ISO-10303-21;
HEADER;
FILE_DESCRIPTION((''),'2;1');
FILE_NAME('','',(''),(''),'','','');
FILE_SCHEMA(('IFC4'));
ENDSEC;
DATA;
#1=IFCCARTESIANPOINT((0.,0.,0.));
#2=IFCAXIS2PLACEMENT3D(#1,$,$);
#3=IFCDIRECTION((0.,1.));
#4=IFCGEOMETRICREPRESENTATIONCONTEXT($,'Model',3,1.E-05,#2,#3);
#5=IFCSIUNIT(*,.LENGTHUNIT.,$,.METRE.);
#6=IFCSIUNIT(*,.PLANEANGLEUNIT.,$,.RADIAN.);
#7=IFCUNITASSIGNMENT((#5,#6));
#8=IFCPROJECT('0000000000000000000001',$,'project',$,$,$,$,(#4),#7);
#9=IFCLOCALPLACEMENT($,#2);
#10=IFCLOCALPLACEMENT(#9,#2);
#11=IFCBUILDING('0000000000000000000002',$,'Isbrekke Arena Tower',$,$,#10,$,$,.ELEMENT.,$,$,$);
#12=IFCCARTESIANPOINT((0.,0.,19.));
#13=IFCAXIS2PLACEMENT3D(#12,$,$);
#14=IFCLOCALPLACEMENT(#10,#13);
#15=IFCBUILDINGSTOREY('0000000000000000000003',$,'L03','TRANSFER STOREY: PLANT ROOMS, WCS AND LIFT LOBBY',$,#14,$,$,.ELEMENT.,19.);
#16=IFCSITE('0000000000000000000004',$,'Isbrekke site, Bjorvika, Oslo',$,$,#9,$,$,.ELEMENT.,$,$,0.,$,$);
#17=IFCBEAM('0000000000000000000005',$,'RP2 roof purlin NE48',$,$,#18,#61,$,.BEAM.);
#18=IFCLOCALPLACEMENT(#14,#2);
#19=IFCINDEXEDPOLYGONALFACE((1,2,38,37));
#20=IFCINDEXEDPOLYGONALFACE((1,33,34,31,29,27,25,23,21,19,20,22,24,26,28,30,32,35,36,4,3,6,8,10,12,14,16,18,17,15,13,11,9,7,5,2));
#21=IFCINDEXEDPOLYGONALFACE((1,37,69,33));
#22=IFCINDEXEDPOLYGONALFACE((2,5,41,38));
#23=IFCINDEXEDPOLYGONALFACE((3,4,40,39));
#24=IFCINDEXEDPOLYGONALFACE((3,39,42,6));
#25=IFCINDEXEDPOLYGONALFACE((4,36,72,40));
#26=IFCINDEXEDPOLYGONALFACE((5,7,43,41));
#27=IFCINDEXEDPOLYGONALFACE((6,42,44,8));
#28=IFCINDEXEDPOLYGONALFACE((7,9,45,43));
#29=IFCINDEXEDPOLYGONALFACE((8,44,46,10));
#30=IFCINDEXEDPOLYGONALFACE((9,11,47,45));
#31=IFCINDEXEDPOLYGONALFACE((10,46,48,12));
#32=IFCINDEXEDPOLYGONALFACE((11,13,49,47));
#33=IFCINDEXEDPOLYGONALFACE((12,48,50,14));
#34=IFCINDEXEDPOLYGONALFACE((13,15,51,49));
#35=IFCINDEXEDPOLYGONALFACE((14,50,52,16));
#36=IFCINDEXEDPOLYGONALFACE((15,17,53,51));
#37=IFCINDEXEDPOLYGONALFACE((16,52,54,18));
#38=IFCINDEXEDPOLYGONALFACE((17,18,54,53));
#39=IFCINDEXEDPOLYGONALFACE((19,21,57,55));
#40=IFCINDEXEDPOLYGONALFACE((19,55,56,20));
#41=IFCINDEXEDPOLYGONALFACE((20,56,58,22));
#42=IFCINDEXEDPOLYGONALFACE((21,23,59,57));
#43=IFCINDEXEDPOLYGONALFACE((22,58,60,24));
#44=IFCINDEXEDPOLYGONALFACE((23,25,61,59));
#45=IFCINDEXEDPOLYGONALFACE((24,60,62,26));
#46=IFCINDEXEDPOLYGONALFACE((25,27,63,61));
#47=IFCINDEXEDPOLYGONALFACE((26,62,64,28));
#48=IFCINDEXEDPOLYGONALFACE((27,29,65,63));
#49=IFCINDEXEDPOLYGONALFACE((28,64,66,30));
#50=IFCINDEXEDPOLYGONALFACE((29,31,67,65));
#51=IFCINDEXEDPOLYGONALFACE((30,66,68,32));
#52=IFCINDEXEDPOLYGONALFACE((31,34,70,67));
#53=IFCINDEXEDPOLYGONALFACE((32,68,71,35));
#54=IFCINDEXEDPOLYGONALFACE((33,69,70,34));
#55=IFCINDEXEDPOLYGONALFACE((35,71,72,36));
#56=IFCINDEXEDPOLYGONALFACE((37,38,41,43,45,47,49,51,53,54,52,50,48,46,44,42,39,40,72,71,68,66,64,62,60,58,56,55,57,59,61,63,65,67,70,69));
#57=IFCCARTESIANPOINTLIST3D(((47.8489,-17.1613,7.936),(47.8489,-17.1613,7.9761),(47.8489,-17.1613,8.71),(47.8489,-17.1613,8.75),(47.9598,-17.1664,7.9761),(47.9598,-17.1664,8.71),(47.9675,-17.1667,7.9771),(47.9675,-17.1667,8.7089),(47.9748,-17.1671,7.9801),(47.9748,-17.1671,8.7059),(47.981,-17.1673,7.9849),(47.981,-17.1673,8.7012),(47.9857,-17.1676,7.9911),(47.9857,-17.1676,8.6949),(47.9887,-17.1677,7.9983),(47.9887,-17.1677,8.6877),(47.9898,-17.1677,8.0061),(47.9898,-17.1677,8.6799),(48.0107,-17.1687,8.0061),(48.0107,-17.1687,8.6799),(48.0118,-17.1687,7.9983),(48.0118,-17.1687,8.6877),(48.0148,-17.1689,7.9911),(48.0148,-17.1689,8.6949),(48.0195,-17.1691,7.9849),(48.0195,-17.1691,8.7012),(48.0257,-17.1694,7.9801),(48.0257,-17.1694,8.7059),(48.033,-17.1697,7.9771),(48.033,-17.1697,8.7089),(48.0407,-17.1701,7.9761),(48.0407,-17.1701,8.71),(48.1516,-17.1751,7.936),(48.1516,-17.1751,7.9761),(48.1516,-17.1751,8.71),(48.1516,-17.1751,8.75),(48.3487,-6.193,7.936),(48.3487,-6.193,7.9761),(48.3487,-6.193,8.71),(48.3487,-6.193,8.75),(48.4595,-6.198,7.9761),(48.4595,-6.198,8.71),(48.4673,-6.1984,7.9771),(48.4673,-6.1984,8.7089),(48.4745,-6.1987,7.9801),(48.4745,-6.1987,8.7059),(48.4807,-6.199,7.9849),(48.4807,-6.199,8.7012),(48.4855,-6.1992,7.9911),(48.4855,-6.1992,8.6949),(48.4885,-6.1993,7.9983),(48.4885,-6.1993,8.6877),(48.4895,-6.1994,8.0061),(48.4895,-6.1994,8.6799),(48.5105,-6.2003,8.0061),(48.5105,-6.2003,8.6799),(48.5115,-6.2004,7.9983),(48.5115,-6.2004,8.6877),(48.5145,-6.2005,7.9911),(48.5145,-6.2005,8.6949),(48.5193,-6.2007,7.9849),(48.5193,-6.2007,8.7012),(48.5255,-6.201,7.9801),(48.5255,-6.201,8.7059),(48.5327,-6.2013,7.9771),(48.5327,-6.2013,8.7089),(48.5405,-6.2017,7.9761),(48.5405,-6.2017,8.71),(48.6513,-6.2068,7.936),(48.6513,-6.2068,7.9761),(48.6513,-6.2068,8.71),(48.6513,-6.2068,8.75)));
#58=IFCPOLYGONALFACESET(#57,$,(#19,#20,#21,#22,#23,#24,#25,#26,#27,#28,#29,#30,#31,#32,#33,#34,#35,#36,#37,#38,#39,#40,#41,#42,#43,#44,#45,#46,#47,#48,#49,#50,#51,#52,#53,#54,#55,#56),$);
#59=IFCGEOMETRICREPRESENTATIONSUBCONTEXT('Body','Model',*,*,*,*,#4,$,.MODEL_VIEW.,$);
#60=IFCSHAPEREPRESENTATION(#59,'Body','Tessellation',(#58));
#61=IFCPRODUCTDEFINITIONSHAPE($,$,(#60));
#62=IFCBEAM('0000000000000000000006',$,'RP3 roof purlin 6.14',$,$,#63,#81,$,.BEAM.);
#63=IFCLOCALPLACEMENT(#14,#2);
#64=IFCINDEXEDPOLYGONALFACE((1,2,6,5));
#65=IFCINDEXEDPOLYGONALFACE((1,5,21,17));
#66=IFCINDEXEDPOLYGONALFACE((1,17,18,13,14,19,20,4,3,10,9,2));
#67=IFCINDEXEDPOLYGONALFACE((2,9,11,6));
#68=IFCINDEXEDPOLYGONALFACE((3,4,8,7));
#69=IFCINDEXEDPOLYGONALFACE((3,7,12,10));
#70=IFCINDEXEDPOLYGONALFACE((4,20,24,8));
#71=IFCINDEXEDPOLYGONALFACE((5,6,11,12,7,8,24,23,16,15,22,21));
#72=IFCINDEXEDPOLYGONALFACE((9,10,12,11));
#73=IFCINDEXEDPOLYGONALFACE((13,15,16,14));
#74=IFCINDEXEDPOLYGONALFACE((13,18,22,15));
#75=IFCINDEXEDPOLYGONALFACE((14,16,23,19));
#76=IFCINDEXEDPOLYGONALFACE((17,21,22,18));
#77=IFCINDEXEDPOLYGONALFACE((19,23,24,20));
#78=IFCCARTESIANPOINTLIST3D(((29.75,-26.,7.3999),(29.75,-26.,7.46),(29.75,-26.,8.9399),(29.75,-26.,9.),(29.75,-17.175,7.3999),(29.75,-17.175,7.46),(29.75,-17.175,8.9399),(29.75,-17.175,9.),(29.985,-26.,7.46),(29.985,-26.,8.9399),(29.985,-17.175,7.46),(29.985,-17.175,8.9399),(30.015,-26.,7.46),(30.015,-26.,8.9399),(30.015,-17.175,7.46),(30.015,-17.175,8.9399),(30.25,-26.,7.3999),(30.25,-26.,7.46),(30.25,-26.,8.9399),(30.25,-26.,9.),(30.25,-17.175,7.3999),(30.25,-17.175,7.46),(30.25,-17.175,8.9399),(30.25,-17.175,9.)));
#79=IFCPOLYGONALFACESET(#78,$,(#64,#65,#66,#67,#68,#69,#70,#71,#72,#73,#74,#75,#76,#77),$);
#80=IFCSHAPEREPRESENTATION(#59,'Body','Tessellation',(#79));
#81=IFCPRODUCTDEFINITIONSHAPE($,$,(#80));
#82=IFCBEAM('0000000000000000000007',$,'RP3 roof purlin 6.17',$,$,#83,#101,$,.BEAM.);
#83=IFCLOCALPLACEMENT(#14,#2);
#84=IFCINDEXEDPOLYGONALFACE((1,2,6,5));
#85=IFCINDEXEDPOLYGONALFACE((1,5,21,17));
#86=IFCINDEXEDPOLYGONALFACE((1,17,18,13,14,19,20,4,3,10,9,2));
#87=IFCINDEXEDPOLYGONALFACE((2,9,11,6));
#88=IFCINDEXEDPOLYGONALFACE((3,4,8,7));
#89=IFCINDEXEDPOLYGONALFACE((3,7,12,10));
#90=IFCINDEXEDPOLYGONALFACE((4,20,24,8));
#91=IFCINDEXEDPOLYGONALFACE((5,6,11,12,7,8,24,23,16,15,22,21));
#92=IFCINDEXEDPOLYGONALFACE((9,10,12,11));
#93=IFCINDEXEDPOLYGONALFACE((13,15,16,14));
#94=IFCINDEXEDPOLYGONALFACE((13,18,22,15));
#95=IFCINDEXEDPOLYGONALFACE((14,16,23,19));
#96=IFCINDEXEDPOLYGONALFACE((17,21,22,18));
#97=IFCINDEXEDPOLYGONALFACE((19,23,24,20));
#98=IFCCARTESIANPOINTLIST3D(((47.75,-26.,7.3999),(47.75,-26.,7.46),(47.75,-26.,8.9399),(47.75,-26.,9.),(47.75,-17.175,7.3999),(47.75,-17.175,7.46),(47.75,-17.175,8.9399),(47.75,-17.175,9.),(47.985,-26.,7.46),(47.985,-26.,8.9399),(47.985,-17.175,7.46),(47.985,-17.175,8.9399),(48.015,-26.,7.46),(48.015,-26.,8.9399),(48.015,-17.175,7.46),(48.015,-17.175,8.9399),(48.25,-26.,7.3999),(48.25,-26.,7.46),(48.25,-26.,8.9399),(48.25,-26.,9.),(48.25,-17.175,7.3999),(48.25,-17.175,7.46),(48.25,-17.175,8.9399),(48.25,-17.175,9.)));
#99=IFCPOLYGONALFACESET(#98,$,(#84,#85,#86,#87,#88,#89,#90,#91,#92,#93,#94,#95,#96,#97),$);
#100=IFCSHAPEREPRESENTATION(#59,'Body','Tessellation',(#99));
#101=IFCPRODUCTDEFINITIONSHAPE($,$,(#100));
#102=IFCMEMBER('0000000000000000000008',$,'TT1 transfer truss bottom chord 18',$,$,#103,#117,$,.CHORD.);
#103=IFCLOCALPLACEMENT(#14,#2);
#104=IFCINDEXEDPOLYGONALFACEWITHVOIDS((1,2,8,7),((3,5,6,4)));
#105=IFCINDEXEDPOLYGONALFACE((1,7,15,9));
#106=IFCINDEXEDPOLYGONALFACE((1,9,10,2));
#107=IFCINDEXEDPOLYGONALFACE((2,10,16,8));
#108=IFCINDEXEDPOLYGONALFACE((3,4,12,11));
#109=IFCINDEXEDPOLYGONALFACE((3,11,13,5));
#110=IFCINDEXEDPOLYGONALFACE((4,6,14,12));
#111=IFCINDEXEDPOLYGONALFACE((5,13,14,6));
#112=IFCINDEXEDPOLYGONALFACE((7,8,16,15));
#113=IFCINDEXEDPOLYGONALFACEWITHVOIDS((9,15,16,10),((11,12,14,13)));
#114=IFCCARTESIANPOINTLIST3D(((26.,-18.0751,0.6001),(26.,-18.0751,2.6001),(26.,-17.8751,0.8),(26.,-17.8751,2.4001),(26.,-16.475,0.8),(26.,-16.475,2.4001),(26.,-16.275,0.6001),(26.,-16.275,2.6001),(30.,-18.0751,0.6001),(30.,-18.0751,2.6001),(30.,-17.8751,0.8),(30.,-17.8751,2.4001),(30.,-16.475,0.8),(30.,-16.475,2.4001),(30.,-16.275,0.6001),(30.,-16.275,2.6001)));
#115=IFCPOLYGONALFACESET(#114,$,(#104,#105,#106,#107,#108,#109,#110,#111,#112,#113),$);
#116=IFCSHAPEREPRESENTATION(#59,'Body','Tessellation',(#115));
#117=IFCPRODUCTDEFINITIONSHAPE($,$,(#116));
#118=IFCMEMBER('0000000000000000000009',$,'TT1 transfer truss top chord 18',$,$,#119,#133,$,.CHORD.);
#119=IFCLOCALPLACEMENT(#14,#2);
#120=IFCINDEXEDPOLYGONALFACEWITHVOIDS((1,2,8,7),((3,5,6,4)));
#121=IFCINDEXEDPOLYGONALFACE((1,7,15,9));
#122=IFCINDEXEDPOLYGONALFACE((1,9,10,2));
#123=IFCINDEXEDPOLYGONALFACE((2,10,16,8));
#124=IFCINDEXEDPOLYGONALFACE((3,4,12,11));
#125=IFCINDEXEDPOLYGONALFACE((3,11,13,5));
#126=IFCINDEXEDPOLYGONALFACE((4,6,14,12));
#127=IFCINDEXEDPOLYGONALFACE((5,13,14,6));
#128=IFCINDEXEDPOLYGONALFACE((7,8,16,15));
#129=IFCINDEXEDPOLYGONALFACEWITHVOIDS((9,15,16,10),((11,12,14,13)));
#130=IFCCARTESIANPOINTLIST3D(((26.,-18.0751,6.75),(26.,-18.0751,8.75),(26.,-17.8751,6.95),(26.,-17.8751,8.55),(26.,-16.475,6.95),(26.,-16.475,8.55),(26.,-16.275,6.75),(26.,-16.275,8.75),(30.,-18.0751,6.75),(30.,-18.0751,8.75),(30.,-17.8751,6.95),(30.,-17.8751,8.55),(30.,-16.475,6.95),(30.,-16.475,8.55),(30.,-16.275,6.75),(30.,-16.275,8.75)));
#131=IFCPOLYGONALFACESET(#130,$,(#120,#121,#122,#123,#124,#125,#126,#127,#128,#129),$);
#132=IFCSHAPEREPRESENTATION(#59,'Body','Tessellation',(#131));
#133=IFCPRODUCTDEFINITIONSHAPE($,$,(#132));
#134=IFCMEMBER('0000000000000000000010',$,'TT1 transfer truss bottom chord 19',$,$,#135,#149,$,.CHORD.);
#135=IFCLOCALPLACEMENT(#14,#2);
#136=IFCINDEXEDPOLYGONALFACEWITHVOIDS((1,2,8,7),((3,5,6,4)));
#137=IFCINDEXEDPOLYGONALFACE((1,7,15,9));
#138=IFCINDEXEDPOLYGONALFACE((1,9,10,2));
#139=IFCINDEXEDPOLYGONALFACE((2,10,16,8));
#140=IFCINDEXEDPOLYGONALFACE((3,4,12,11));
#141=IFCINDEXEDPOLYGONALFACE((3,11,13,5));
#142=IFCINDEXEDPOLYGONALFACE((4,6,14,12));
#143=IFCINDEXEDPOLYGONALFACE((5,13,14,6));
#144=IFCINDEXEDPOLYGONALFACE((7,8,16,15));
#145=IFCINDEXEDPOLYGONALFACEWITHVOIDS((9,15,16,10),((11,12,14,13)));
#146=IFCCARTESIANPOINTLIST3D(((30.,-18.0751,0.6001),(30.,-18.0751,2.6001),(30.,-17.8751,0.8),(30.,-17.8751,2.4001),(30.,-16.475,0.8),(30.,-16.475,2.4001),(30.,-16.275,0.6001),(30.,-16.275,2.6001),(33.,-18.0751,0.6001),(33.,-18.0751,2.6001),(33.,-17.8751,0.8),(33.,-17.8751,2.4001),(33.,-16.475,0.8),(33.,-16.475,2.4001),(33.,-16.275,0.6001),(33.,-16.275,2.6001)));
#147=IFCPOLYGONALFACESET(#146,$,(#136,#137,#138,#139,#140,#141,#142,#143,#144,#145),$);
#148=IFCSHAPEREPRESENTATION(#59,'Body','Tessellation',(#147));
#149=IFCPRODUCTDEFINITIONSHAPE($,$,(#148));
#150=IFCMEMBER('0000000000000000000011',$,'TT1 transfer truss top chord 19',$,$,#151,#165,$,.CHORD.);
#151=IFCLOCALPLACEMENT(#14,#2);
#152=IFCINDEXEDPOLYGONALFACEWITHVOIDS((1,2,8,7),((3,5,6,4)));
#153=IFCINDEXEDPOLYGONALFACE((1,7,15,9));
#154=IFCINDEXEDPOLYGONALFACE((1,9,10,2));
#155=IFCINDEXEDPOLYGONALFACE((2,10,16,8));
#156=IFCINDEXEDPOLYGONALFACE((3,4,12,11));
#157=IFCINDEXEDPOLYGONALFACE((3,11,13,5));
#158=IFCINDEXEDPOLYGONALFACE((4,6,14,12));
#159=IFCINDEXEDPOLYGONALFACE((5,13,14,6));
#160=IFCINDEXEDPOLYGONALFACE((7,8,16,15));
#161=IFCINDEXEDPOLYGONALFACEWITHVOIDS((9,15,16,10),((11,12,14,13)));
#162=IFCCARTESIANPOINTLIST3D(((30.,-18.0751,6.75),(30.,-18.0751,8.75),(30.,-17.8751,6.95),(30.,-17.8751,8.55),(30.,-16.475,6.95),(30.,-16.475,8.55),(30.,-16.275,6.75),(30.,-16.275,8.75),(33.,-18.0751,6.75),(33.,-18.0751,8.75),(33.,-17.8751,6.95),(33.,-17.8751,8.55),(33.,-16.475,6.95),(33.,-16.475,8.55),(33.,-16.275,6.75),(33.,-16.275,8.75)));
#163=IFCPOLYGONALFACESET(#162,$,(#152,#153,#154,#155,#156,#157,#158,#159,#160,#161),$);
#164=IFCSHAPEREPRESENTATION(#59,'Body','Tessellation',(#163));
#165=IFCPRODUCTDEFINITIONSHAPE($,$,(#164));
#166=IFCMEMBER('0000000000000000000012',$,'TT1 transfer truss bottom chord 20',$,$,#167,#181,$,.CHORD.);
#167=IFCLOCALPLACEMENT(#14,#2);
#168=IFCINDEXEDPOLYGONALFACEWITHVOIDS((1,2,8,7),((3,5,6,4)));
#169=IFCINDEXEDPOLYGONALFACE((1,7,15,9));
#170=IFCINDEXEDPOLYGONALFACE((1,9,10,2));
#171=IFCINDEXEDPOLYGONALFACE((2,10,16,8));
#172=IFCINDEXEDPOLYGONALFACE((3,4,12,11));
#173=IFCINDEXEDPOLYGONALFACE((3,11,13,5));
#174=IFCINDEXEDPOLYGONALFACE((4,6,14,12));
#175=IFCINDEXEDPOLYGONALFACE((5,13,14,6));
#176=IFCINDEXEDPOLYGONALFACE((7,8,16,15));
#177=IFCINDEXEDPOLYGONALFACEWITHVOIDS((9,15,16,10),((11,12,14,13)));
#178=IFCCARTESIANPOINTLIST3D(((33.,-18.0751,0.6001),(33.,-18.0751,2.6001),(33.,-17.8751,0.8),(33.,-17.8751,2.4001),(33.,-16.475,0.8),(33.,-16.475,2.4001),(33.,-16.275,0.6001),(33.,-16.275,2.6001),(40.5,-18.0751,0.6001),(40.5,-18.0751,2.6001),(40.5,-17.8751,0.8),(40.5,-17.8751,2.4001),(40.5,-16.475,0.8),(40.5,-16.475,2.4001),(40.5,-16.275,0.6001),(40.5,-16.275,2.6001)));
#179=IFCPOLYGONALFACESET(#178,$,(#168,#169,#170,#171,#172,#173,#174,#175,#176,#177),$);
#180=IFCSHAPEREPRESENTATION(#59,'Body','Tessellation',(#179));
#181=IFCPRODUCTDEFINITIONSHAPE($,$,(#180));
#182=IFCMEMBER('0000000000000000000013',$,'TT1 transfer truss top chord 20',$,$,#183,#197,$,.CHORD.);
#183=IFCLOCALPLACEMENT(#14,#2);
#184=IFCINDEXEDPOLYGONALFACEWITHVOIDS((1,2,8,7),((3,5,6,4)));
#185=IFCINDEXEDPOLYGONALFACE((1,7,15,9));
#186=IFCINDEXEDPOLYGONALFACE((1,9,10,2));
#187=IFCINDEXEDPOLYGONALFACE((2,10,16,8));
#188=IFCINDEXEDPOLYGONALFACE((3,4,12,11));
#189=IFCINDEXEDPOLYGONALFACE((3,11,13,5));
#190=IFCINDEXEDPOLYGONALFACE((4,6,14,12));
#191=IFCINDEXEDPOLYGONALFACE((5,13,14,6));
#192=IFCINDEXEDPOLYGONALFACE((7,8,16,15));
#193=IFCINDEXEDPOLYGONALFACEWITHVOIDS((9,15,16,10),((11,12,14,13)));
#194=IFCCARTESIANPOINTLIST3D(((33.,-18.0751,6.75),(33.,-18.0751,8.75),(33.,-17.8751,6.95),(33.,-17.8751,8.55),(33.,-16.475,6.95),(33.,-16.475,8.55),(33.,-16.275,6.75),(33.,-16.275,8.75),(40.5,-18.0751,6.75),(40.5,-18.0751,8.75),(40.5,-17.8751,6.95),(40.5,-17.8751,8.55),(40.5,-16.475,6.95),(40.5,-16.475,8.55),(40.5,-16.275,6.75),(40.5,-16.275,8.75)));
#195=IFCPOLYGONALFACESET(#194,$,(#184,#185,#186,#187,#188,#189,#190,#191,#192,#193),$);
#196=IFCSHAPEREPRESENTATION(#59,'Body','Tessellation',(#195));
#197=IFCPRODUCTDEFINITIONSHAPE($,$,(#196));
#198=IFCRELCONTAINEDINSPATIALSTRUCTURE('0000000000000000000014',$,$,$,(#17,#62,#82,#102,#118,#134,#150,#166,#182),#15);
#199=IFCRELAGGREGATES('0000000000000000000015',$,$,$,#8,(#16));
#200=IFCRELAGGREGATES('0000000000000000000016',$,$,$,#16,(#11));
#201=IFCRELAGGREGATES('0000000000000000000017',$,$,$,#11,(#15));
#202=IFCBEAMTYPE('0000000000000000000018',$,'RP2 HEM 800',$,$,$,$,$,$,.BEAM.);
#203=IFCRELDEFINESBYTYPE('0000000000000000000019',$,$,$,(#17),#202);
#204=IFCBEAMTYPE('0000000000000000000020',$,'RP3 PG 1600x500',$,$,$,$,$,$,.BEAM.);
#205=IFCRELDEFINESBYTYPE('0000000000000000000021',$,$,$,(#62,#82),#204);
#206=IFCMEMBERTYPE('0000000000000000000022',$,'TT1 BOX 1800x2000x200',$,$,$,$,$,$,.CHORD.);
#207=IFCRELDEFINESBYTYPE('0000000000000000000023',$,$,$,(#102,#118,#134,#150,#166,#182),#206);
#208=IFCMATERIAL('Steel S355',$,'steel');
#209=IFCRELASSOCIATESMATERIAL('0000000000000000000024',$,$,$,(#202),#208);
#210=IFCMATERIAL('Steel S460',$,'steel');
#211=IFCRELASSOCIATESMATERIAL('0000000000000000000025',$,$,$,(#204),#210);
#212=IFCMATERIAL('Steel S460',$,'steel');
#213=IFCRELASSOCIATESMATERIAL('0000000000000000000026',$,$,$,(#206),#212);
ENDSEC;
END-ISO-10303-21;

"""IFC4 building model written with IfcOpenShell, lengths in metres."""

from ifc_helpers import new_model, si_unit, direction, frame, origin, origin_2d, place, context, subcontext, project, spatial, hollow_rectangle, i_section, extrude, material, material_profile, profile_set, type_object, element, save


model = new_model("IFC4")

# Units and contexts
model_context = context("Model", 3, precision=1e-05, world=origin(), true_north=direction((0.0, 1.0)))
body_context = subcontext(model_context, "Body", "Model", "MODEL_VIEW")
ifc_project = project(units=[si_unit("LENGTHUNIT", "METRE"), si_unit("PLANEANGLEUNIT", "RADIAN")], contexts=[model_context])

# Site, building, storey
site_placement = place(None, origin())
site = spatial("IfcSite", under=ifc_project, at=site_placement, Name="Isbrekke site, Bjorvika, Oslo", CompositionType="ELEMENT", RefElevation=0.0)
building_placement = place(site_placement, origin())
building = spatial("IfcBuilding", under=site, at=building_placement, Name="Isbrekke Arena Tower", CompositionType="ELEMENT")
storey_placement = place(building_placement, frame((0.0, 0.0, 19.0)))
storey = spatial("IfcBuildingStorey", under=building, at=storey_placement, Name="L03", Description="TRANSFER STOREY: PLANT ROOMS, WCS AND LIFT LOBBY", CompositionType="ELEMENT", Elevation=19.0)

# Beams
ifc_material_1 = material(Name="Steel S355", Category="steel")
ifc_material_profile_1 = material_profile(ifc_material_1, i_section(OverallWidth=0.303, OverallDepth=0.814, WebThickness=0.021, FlangeThickness=0.04, FilletRadius=0.03, at=origin_2d()), Name="HEM 800")
ifc_profile_set_1 = profile_set([ifc_material_profile_1], Name="Steel S355")
beam_type_1 = type_object("IfcBeamType", Name="RP2 HEM 800", PredefinedType="BEAM", material=ifc_profile_set_1)
beam_1_placement = place(storey_placement, frame((48.0002, -17.1682, 8.343), z_axis=(0.045517, 0.998964, 0.0), x_axis=(-0.998964, 0.045517, 0.0)))
element("IfcBeam", 1, at=beam_1_placement, inside=storey, type_object=beam_type_1, Name="RP2 roof purlin NE48", PredefinedType="BEAM", context=body_context, shape_type="SweptSolid", body=[
    extrude(i_section(OverallWidth=0.303, OverallDepth=0.814, WebThickness=0.021, FlangeThickness=0.04, FilletRadius=0.03, at=origin_2d()), origin(), (0.0, 0.0, 1.0), 10.9797),
])
ifc_material_2 = material(Name="Steel S460", Category="steel")
ifc_material_profile_2 = material_profile(ifc_material_2, i_section(OverallWidth=0.5, OverallDepth=1.6001, WebThickness=0.03, FlangeThickness=0.0601, at=origin_2d()), Name="PG 1600x500")
ifc_profile_set_2 = profile_set([ifc_material_profile_2], Name="Steel S460")
beam_type_2 = type_object("IfcBeamType", Name="RP3 PG 1600x500", PredefinedType="BEAM", material=ifc_profile_set_2)
for number, where, z_axis, x_axis, name in (
    (2, (30.0, -26.0, 8.2), (0.0, 1.0, 0.0), (-1.0, 0.0, 0.0), "RP3 roof purlin 6.14"),
    (3, (48.0, -26.0, 8.2), (0.0, 1.0, 0.0), (-1.0, 0.0, 0.0), "RP3 roof purlin 6.17"),
):
    element("IfcBeam", number, at=place(storey_placement, frame(where, z_axis=z_axis, x_axis=x_axis)), inside=storey, type_object=beam_type_2, Name=name, PredefinedType="BEAM", context=body_context, shape_type="SweptSolid", body=[
        extrude(i_section(OverallWidth=0.5, OverallDepth=1.6001, WebThickness=0.03, FlangeThickness=0.0601, at=origin_2d()), origin(), (0.0, 0.0, 1.0), 8.825),
    ])

# Members
ifc_material_3 = material(Name="Steel S460", Category="steel")
ifc_material_profile_3 = material_profile(ifc_material_3, hollow_rectangle(XDim=1.8, YDim=2.0, WallThickness=0.2, at=origin_2d()), Name="BOX 1800x2000x200")
ifc_profile_set_3 = profile_set([ifc_material_profile_3], Name="Steel S460")
member_type_1 = type_object("IfcMemberType", Name="TT1 BOX 1800x2000x200", PredefinedType="CHORD", material=ifc_profile_set_3)
for number, where, z_axis, x_axis, name in (
    (4, (26.0, -17.175, 1.6001), (1.0, 0.0, 0.0), (0.0, 1.0, 0.0), "TT1 transfer truss bottom chord 18"),
    (5, (26.0, -17.175, 7.75), (1.0, 0.0, 0.0), (0.0, 1.0, 0.0), "TT1 transfer truss top chord 18"),
):
    element("IfcMember", number, at=place(storey_placement, frame(where, z_axis=z_axis, x_axis=x_axis)), inside=storey, type_object=member_type_1, Name=name, PredefinedType="CHORD", context=body_context, shape_type="SweptSolid", body=[
        extrude(hollow_rectangle(XDim=1.8, YDim=2.0, WallThickness=0.2, at=origin_2d()), origin(), (0.0, 0.0, 1.0), 4.0),
    ])
for number, where, z_axis, x_axis, name in (
    (6, (30.0, -17.175, 1.6001), (1.0, 0.0, 0.0), (0.0, 1.0, 0.0), "TT1 transfer truss bottom chord 19"),
    (7, (30.0, -17.175, 7.75), (1.0, 0.0, 0.0), (0.0, 1.0, 0.0), "TT1 transfer truss top chord 19"),
):
    element("IfcMember", number, at=place(storey_placement, frame(where, z_axis=z_axis, x_axis=x_axis)), inside=storey, type_object=member_type_1, Name=name, PredefinedType="CHORD", context=body_context, shape_type="SweptSolid", body=[
        extrude(hollow_rectangle(XDim=1.8, YDim=2.0, WallThickness=0.2, at=origin_2d()), origin(), (0.0, 0.0, 1.0), 3.0),
    ])
for number, where, z_axis, x_axis, name in (
    (8, (33.0, -17.175, 1.6001), (1.0, 0.0, 0.0), (0.0, 1.0, 0.0), "TT1 transfer truss bottom chord 20"),
    (9, (33.0, -17.175, 7.75), (1.0, 0.0, 0.0), (0.0, 1.0, 0.0), "TT1 transfer truss top chord 20"),
):
    element("IfcMember", number, at=place(storey_placement, frame(where, z_axis=z_axis, x_axis=x_axis)), inside=storey, type_object=member_type_1, Name=name, PredefinedType="CHORD", context=body_context, shape_type="SweptSolid", body=[
        extrude(hollow_rectangle(XDim=1.8, YDim=2.0, WallThickness=0.2, at=origin_2d()), origin(), (0.0, 0.0, 1.0), 7.5),
    ])

save(model, "model.ifc")
